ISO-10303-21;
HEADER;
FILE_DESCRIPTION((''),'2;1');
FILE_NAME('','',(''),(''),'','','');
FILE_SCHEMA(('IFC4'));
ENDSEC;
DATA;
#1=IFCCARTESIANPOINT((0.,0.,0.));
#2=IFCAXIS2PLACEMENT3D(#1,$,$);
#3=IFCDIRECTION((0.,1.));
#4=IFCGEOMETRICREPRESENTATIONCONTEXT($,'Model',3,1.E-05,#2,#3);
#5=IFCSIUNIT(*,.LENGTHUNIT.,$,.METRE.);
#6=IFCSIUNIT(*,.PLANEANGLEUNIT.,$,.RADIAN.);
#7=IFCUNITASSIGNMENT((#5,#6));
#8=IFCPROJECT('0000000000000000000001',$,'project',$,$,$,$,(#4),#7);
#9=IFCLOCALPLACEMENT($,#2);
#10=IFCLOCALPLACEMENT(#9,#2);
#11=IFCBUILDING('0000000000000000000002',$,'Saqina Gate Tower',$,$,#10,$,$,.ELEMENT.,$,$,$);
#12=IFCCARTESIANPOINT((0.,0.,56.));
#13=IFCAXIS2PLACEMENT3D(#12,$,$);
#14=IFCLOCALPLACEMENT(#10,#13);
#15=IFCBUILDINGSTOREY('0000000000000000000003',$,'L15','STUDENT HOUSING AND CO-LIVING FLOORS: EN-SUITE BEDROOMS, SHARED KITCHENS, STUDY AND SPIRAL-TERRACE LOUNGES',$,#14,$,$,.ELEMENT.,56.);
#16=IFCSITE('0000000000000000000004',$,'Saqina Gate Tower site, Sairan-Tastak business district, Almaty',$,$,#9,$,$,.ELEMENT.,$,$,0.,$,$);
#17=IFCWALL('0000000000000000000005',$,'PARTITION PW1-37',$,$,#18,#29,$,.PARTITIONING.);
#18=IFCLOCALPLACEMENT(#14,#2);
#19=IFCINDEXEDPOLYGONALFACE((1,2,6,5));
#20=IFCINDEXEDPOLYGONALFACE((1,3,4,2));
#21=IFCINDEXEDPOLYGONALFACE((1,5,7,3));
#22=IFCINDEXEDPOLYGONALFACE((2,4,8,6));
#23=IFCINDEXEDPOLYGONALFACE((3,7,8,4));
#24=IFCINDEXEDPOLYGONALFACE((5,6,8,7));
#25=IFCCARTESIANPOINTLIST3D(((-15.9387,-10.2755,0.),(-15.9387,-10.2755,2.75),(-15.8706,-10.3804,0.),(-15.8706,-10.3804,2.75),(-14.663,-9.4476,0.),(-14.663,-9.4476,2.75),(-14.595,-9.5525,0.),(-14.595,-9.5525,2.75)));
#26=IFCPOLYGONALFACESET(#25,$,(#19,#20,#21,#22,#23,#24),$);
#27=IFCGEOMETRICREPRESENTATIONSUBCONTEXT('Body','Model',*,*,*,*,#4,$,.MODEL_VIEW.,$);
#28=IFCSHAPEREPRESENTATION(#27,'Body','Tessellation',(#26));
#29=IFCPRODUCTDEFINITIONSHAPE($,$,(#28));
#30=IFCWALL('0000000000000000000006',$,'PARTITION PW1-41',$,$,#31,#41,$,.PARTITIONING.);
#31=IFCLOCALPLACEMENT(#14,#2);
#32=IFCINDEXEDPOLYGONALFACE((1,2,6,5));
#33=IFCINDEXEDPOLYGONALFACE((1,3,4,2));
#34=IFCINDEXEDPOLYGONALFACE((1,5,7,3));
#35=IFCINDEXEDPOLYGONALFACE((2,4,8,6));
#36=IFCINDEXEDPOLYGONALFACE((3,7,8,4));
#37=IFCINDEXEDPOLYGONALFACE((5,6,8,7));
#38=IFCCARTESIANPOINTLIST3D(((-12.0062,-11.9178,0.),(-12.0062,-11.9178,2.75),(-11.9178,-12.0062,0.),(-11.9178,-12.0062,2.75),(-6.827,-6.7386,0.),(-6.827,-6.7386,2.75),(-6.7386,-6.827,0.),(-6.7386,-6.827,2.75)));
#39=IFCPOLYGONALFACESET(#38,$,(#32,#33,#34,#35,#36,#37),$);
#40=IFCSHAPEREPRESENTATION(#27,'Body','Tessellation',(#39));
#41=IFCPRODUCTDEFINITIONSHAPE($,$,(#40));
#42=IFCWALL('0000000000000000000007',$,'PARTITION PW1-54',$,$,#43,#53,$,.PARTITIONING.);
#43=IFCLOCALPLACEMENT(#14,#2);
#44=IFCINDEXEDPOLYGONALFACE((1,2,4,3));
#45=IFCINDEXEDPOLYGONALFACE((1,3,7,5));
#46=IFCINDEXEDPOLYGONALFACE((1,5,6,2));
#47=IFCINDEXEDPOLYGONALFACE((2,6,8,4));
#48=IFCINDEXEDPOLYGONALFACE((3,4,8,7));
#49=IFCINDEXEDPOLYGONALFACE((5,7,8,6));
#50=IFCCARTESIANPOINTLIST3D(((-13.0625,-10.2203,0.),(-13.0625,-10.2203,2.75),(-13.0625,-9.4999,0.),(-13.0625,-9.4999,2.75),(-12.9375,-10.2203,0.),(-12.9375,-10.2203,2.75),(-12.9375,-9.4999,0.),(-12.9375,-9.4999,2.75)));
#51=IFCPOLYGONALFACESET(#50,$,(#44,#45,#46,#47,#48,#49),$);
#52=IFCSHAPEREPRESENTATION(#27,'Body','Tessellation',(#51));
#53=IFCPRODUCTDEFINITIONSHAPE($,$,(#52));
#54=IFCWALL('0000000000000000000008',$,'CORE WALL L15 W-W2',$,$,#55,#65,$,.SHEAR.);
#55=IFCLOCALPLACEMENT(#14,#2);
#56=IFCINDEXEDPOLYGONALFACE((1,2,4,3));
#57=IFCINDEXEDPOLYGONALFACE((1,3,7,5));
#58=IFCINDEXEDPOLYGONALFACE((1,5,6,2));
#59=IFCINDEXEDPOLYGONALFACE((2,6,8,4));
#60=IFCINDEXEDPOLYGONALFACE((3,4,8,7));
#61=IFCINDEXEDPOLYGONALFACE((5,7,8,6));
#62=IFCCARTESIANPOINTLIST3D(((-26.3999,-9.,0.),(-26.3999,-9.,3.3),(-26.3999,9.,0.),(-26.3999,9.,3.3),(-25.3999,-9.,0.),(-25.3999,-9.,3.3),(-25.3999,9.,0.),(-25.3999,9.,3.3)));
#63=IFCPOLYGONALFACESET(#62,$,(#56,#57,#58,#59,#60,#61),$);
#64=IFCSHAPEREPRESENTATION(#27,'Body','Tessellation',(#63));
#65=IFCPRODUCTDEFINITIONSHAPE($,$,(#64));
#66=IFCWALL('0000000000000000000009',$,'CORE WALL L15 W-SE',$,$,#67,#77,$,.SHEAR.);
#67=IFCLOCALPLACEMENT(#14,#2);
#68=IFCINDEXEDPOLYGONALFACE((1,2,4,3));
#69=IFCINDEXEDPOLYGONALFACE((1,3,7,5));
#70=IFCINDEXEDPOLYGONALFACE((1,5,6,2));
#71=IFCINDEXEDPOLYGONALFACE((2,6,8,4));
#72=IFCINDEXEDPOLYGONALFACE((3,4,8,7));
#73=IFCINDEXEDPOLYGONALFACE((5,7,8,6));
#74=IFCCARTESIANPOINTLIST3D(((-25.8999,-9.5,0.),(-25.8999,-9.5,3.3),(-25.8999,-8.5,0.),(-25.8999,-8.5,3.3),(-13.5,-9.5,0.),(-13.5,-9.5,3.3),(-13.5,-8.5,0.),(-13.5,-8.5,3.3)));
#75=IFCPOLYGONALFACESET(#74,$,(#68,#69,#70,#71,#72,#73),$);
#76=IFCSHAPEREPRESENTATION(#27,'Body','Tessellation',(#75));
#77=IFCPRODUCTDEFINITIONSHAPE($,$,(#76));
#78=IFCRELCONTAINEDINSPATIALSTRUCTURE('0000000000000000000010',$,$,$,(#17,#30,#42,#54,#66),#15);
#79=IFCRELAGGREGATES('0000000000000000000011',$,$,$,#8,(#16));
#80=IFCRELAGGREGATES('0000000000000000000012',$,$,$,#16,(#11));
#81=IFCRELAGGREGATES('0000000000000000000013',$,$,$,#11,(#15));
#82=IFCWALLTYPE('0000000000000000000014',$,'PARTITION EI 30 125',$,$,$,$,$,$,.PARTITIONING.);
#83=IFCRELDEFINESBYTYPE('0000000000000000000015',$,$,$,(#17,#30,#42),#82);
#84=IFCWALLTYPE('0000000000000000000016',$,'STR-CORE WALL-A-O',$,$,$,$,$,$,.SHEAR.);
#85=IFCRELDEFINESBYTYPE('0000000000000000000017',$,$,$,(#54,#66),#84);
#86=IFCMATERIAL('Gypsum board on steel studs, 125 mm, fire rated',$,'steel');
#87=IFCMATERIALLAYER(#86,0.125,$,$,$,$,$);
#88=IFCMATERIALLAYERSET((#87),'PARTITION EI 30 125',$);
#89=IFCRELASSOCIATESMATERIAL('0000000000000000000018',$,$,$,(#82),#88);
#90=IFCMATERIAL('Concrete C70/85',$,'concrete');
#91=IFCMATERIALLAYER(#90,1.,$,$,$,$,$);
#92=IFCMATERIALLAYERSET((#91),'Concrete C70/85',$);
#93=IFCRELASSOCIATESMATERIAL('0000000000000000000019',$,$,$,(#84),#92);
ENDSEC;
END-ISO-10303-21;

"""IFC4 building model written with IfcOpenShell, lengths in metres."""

from ifc_helpers import new_model, si_unit, direction, frame, frame_2d, origin, place, context, subcontext, project, spatial, rectangle, extrude, material, layer, layer_set, type_object, element, save


model = new_model("IFC4")

# Units and contexts
model_context = context("Model", 3, precision=1e-05, world=origin(), true_north=direction((0.0, 1.0)))
body_context = subcontext(model_context, "Body", "Model", "MODEL_VIEW")
ifc_project = project(units=[si_unit("LENGTHUNIT", "METRE"), si_unit("PLANEANGLEUNIT", "RADIAN")], contexts=[model_context])

# Site, building, storey
site_placement = place(None, origin())
site = spatial("IfcSite", under=ifc_project, at=site_placement, Name="Saqina Gate Tower site, Sairan-Tastak business district, Almaty", CompositionType="ELEMENT", RefElevation=0.0)
building_placement = place(site_placement, origin())
building = spatial("IfcBuilding", under=site, at=building_placement, Name="Saqina Gate Tower", CompositionType="ELEMENT")
storey_placement = place(building_placement, frame((0.0, 0.0, 56.0)))
storey = spatial("IfcBuildingStorey", under=building, at=storey_placement, Name="L15", Description="STUDENT HOUSING AND CO-LIVING FLOORS: EN-SUITE BEDROOMS, SHARED KITCHENS, STUDY AND SPIRAL-TERRACE LOUNGES", CompositionType="ELEMENT", Elevation=56.0)

# Shared definitions
ifc_material_1 = material(Name="Gypsum board on steel studs, 125 mm, fire rated", Category="steel")
ifc_layer_1 = layer(ifc_material_1, 0.125)
ifc_layer_set_1 = layer_set([ifc_layer_1], Name="PARTITION EI 30 125")
wall_type_1 = type_object("IfcWallType", Name="PARTITION EI 30 125", PredefinedType="PARTITIONING", material=ifc_layer_set_1)

# Walls
wall_1_placement = place(storey_placement, frame((-15.9045, -10.3279, 0.0), z_axis=(0.0, 0.0, 1.0), x_axis=(0.838829, 0.544396, 0.0)))
element("IfcWall", 1, at=wall_1_placement, inside=storey, type_object=wall_type_1, Name="PARTITION PW1-37", PredefinedType="PARTITIONING", context=body_context, shape_type="SweptSolid", body=[
    extrude(rectangle(XDim=1.5208, YDim=0.125, at=frame_2d((0.7603, 0.0))), origin(), (0.0, 0.0, 1.0), 2.75),
])
wall_2_placement = place(storey_placement, frame((-11.9619, -11.9619, 0.0), z_axis=(0.0, 0.0, 1.0), x_axis=(0.707107, 0.707107, 0.0)))
element("IfcWall", 2, at=wall_2_placement, inside=storey, type_object=wall_type_1, Name="PARTITION PW1-41", PredefinedType="PARTITIONING", context=body_context, shape_type="SweptSolid", body=[
    extrude(rectangle(XDim=7.3245, YDim=0.125, at=frame_2d((3.6621, 0.0))), origin(), (0.0, 0.0, 1.0), 2.75),
])
wall_3_placement = place(storey_placement, frame((-13.0, -10.2205, 0.0), z_axis=(0.0, 0.0, 1.0), x_axis=(0.0, 1.0, 0.0)))
element("IfcWall", 3, at=wall_3_placement, inside=storey, type_object=wall_type_1, Name="PARTITION PW1-54", PredefinedType="PARTITIONING", context=body_context, shape_type="SweptSolid", body=[
    extrude(rectangle(XDim=0.7205, YDim=0.125, at=frame_2d((0.3604, 0.0))), origin(), (0.0, 0.0, 1.0), 2.75),
])

# Shared definitions
ifc_material_2 = material(Name="Concrete C70/85", Category="concrete")
ifc_layer_2 = layer(ifc_material_2, 1.0)
ifc_layer_set_2 = layer_set([ifc_layer_2], Name="Concrete C70/85")
wall_type_2 = type_object("IfcWallType", Name="STR-CORE WALL-A-O", PredefinedType="SHEAR", material=ifc_layer_set_2)

# Walls
wall_4_placement = place(storey_placement, frame((-25.8999, -9.0, 0.0), z_axis=(0.0, 0.0, 1.0), x_axis=(0.0, 1.0, 0.0)))
element("IfcWall", 4, at=wall_4_placement, inside=storey, type_object=wall_type_2, Name="CORE WALL L15 W-W2", PredefinedType="SHEAR", context=body_context, shape_type="SweptSolid", body=[
    extrude(rectangle(XDim=18.0, YDim=1.0, at=frame_2d((9.0, 0.0))), origin(), (0.0, 0.0, 1.0), 3.3),
])
wall_5_placement = place(storey_placement, frame((-13.5, -9.0, 0.0), z_axis=(0.0, 0.0, 1.0), x_axis=(-1.0, 0.0, 0.0)))
element("IfcWall", 5, at=wall_5_placement, inside=storey, type_object=wall_type_2, Name="CORE WALL L15 W-SE", PredefinedType="SHEAR", context=body_context, shape_type="SweptSolid", body=[
    extrude(rectangle(XDim=12.3999, YDim=1.0, at=frame_2d((6.2, 0.0))), origin(), (0.0, 0.0, 1.0), 3.3),
])

save(model, "model.ifc")
